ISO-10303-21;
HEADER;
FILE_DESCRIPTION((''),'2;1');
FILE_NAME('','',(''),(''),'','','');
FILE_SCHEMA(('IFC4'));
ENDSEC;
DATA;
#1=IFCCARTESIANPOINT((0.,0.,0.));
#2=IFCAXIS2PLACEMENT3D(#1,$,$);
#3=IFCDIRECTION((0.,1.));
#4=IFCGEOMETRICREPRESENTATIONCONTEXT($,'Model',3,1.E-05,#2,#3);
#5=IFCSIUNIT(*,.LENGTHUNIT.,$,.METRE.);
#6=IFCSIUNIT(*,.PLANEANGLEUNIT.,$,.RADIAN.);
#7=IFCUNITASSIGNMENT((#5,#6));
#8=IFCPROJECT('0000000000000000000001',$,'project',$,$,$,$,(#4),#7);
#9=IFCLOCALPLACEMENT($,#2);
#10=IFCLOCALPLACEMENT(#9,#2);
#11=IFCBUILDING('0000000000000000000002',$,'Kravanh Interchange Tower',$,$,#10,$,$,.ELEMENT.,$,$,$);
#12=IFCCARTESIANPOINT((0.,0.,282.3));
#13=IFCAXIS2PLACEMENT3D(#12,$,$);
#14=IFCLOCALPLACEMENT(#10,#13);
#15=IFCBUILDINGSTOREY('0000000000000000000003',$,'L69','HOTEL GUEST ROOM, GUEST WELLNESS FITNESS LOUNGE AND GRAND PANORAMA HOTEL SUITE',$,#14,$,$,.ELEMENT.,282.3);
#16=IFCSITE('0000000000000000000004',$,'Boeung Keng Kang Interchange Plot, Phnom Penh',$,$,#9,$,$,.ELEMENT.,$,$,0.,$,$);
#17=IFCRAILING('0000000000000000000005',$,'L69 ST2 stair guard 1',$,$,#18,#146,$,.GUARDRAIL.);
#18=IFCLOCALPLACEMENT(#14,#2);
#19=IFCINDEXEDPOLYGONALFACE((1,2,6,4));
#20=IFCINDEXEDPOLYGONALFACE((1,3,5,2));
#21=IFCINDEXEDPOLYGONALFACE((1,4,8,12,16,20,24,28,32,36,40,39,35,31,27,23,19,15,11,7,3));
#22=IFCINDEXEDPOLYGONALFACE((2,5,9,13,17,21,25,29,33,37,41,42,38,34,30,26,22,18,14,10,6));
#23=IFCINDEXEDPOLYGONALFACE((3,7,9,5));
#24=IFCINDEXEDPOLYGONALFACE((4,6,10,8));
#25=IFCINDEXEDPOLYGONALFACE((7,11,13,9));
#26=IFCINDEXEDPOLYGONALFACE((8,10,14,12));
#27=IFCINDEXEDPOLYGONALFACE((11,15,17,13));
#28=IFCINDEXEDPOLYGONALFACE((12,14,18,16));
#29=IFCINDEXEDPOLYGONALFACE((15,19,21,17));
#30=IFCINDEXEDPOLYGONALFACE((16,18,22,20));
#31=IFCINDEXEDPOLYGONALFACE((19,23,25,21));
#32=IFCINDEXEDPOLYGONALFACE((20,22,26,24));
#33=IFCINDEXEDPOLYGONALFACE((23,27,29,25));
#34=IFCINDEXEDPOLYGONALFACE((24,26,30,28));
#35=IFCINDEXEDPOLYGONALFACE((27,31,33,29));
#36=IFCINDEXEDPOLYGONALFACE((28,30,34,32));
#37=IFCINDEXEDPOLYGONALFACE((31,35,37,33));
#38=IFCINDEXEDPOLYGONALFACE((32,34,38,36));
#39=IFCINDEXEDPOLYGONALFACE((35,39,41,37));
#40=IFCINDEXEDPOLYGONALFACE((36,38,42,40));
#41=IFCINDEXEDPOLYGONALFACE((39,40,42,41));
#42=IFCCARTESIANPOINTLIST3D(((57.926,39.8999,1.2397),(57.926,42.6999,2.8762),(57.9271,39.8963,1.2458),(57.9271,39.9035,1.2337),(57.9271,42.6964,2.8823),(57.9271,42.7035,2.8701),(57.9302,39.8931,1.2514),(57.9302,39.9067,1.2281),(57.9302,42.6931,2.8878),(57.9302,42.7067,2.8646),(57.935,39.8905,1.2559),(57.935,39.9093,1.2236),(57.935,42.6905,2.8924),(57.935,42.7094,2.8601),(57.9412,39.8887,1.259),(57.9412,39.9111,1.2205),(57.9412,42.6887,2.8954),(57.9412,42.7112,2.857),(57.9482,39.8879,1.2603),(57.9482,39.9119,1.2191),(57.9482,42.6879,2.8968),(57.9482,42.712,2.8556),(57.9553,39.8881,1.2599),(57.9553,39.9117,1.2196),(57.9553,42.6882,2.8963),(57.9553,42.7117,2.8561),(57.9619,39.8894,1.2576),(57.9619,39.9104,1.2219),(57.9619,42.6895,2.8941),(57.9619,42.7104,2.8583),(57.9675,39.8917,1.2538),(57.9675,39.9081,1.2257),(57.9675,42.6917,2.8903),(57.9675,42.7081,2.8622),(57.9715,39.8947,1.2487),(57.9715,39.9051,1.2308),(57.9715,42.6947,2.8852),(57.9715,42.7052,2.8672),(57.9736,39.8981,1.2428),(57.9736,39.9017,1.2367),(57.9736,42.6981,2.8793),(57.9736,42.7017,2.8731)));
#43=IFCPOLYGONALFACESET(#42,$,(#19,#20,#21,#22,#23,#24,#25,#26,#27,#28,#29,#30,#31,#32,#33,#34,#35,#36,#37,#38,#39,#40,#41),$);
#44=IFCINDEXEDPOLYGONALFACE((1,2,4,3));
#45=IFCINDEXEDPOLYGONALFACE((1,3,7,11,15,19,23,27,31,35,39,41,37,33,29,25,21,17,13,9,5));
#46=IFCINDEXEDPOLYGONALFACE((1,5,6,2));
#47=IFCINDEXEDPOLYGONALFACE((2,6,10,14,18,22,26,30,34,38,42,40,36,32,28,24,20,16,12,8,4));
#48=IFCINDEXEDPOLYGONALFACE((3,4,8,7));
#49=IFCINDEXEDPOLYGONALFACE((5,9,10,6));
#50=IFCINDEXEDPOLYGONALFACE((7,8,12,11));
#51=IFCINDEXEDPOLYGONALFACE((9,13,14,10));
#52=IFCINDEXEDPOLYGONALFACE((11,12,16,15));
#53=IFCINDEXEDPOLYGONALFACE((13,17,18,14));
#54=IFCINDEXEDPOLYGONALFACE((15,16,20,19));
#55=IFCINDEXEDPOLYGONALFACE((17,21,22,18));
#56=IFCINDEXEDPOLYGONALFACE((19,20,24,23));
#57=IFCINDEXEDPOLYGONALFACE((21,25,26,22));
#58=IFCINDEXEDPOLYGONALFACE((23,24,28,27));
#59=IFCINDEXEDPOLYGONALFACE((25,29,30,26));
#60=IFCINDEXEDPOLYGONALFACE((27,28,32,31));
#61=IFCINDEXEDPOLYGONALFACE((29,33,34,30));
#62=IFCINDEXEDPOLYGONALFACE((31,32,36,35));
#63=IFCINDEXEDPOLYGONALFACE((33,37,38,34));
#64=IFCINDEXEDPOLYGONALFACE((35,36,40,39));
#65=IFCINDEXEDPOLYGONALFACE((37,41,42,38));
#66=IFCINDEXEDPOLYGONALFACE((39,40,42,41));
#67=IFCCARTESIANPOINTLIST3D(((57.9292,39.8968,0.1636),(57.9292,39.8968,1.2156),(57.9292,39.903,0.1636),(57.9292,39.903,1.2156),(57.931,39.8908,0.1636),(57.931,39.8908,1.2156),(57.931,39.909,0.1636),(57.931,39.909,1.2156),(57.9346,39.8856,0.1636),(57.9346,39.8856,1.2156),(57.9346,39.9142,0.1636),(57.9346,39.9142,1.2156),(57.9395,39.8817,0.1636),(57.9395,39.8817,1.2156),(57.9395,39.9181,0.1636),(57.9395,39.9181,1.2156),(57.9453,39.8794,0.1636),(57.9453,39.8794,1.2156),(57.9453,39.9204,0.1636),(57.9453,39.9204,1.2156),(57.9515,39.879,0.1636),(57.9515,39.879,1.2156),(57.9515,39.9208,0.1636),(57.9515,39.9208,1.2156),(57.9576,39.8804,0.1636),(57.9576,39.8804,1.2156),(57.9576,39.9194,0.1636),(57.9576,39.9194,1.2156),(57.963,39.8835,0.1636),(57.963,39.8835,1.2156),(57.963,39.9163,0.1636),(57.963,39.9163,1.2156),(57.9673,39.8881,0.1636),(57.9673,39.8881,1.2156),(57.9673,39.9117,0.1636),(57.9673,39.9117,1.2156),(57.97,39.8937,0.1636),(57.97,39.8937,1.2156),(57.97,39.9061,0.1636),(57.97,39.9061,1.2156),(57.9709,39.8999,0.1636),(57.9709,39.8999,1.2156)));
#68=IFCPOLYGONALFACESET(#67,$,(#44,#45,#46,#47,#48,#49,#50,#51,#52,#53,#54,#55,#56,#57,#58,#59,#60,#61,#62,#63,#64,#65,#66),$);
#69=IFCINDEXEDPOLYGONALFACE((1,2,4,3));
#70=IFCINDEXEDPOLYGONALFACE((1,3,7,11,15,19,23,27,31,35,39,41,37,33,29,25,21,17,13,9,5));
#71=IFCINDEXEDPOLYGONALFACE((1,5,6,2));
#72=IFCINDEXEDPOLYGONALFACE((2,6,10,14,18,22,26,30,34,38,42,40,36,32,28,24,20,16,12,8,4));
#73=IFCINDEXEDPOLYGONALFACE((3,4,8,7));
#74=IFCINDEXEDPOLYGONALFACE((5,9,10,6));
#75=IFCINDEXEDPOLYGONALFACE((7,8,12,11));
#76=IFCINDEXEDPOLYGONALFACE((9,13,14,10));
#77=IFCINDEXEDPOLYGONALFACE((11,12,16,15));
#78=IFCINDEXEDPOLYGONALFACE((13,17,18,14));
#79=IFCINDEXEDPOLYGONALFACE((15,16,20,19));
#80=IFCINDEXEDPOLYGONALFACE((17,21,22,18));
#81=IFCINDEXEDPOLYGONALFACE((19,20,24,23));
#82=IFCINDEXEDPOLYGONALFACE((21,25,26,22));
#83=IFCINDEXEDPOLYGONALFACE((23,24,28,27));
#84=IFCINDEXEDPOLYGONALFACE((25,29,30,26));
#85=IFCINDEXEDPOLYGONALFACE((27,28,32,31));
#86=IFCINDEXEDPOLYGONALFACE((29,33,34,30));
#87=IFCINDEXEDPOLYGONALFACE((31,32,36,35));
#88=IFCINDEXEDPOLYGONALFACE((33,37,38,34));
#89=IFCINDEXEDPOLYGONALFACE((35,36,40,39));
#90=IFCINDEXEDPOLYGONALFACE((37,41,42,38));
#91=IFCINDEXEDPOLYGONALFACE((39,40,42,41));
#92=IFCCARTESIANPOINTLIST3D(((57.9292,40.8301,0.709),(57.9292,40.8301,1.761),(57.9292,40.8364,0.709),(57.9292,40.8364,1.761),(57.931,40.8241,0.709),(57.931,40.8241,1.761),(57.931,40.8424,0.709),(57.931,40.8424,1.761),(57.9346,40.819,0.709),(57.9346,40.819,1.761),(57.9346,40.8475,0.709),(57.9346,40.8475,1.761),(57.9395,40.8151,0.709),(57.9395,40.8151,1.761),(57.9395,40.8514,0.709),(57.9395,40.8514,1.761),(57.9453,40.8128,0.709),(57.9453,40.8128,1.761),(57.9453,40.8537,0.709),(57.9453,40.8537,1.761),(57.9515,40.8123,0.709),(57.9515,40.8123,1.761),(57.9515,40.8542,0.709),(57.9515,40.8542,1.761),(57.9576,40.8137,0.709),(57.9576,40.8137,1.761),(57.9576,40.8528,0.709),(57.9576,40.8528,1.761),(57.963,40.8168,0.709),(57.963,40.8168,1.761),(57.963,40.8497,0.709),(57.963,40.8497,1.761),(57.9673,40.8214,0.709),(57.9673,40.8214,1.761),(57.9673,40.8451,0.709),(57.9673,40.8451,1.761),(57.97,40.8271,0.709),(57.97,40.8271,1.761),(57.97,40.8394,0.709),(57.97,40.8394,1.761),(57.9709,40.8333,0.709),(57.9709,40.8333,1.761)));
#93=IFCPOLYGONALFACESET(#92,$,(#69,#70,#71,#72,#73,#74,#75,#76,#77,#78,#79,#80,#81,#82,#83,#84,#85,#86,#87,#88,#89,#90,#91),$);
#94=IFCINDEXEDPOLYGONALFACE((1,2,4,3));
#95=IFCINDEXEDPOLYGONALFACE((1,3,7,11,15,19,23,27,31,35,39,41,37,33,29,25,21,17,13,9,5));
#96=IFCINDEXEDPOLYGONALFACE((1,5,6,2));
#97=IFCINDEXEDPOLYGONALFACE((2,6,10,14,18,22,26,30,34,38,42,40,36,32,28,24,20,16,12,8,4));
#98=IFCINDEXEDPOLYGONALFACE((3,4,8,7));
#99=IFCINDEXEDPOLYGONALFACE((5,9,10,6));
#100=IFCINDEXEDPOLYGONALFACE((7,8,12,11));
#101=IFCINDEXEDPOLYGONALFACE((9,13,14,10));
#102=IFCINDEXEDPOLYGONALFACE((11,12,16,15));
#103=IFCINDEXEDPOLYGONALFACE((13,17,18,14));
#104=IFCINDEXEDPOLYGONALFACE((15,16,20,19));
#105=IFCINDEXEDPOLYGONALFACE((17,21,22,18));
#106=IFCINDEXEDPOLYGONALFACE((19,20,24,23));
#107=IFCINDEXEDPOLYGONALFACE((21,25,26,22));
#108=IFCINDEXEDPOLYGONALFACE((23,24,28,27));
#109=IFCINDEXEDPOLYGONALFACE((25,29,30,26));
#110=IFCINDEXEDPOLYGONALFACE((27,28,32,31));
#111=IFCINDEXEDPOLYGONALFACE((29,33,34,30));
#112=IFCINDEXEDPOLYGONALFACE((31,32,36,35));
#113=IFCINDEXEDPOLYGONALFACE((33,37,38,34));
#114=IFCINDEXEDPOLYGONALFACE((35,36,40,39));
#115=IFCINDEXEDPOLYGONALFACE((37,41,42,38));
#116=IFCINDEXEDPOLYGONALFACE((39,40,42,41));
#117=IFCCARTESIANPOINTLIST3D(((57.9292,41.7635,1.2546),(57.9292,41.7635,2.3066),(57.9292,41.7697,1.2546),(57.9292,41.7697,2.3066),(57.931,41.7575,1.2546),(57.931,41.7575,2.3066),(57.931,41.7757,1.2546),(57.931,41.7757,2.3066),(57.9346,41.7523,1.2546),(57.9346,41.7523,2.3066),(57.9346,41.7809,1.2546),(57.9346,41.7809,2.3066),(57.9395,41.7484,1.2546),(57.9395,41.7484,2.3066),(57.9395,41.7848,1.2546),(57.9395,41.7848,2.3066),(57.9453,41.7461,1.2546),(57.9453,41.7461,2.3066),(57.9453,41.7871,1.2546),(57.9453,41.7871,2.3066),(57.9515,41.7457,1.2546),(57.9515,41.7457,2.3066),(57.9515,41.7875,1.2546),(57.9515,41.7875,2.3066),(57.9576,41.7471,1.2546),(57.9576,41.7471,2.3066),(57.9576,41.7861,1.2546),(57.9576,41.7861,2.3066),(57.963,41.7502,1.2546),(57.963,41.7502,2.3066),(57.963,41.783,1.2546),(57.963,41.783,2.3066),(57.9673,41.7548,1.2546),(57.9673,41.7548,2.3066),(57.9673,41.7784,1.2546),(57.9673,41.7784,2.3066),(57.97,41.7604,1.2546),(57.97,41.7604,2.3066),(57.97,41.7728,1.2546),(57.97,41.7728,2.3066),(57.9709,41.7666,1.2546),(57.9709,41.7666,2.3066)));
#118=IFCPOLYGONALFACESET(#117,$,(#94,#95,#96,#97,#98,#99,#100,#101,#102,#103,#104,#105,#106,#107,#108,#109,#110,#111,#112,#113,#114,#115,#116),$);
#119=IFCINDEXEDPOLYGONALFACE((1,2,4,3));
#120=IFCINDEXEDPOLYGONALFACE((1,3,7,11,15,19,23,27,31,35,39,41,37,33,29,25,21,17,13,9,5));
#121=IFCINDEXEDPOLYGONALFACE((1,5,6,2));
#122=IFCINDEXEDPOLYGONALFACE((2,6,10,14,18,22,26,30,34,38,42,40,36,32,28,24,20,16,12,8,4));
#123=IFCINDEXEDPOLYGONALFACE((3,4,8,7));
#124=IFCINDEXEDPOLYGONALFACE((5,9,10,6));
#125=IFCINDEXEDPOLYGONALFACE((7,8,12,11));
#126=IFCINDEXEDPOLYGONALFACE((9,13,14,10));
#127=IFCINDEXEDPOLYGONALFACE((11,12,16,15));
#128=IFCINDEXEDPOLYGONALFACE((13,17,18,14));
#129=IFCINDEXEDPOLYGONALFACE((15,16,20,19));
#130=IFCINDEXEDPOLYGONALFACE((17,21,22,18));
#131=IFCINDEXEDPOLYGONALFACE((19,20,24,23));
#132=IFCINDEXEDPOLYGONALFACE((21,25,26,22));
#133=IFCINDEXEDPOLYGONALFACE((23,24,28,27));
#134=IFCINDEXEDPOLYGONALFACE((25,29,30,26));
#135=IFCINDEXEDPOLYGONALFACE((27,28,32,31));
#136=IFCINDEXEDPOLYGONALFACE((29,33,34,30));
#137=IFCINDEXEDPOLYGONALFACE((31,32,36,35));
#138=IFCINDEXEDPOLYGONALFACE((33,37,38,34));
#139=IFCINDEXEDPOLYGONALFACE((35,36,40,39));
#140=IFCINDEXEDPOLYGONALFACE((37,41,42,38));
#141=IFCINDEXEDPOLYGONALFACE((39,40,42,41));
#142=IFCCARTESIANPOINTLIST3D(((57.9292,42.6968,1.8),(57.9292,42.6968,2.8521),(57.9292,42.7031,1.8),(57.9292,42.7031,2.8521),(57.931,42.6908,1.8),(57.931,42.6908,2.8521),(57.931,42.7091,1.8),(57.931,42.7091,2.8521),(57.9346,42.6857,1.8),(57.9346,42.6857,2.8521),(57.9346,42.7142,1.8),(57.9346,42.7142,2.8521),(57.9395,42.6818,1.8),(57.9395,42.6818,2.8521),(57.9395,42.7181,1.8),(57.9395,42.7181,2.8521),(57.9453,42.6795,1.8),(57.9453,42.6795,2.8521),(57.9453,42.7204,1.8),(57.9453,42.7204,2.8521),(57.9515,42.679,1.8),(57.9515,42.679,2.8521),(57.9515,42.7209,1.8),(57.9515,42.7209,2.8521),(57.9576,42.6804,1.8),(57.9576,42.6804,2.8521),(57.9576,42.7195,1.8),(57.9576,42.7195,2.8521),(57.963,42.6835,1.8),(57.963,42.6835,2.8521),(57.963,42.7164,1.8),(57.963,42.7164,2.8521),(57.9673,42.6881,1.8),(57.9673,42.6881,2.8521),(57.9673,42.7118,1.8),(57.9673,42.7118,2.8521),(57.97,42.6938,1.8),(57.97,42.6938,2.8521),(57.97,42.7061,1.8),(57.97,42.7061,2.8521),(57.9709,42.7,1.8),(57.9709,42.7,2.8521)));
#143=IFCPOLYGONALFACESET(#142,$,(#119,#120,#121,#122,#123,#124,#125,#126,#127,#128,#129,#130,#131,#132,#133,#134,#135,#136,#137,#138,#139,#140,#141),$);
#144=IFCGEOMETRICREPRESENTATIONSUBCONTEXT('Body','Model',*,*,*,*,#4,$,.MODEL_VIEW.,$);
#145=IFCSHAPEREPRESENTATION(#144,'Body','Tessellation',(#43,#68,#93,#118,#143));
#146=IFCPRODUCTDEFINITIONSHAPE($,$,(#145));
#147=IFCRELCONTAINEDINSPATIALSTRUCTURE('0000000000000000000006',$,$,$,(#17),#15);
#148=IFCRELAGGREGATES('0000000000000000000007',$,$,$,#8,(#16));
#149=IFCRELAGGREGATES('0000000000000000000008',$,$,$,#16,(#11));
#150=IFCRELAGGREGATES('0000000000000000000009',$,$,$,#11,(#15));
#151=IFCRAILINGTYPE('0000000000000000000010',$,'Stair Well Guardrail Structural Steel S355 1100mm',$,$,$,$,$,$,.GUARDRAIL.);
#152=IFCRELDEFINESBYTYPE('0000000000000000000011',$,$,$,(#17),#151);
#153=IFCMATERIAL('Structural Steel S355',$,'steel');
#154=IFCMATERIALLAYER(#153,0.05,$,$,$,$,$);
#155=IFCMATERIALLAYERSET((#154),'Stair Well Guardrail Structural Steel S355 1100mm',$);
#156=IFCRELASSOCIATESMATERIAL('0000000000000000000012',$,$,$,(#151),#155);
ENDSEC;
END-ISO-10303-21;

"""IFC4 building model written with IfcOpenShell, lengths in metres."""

from ifc_helpers import new_model, si_unit, direction, frame, origin, origin_2d, place, context, subcontext, project, spatial, circle, extrude, material, layer, layer_set, type_object, element, save


model = new_model("IFC4")

# Units and contexts
model_context = context("Model", 3, precision=1e-05, world=origin(), true_north=direction((0.0, 1.0)))
body_context = subcontext(model_context, "Body", "Model", "MODEL_VIEW")
ifc_project = project(units=[si_unit("LENGTHUNIT", "METRE"), si_unit("PLANEANGLEUNIT", "RADIAN")], contexts=[model_context])

# Site, building, storey
site_placement = place(None, origin())
site = spatial("IfcSite", under=ifc_project, at=site_placement, Name="Boeung Keng Kang Interchange Plot, Phnom Penh", CompositionType="ELEMENT", RefElevation=0.0)
building_placement = place(site_placement, origin())
building = spatial("IfcBuilding", under=site, at=building_placement, Name="Kravanh Interchange Tower", CompositionType="ELEMENT")
storey_placement = place(building_placement, frame((0.0, 0.0, 282.3)))
storey = spatial("IfcBuildingStorey", under=building, at=storey_placement, Name="L69", Description="HOTEL GUEST ROOM, GUEST WELLNESS FITNESS LOUNGE AND GRAND PANORAMA HOTEL SUITE", CompositionType="ELEMENT", Elevation=282.3)

# Railing
ifc_material_1 = material(Name="Structural Steel S355", Category="steel")
ifc_layer_1 = layer(ifc_material_1, 0.05)
ifc_layer_set_1 = layer_set([ifc_layer_1], Name="Stair Well Guardrail Structural Steel S355 1100mm")
railing_type_1 = type_object("IfcRailingType", Name="Stair Well Guardrail Structural Steel S355 1100mm", PredefinedType="GUARDRAIL", material=ifc_layer_set_1)
railing_1_placement = place(storey_placement, frame((57.95, 39.8999, 0.1636)))
element("IfcRailing", 1, at=railing_1_placement, inside=storey, type_object=railing_type_1, Name="L69 ST2 stair guard 1", PredefinedType="GUARDRAIL", context=body_context, shape_type="SweptSolid", body=[
    extrude(circle(Radius=0.0239, at=origin_2d()), frame((0.0, 0.0, 1.0762), z_axis=(0.0, 0.863361, 0.504587), x_axis=(-1.0, 0.0, 0.0)), (0.0, 0.0, 1.0), 3.2432),
    extrude(circle(Radius=0.021, at=origin_2d()), origin(), (0.0, 0.0, 1.0), 1.052),
    extrude(circle(Radius=0.021, at=origin_2d()), frame((0.0, 0.9333, 0.5454)), (0.0, 0.0, 1.0), 1.052),
    extrude(circle(Radius=0.021, at=origin_2d()), frame((0.0, 1.8667, 1.0911)), (0.0, 0.0, 1.0), 1.052),
    extrude(circle(Radius=0.021, at=origin_2d()), frame((0.0, 2.8, 1.6365)), (0.0, 0.0, 1.0), 1.052),
])

save(model, "model.ifc")
